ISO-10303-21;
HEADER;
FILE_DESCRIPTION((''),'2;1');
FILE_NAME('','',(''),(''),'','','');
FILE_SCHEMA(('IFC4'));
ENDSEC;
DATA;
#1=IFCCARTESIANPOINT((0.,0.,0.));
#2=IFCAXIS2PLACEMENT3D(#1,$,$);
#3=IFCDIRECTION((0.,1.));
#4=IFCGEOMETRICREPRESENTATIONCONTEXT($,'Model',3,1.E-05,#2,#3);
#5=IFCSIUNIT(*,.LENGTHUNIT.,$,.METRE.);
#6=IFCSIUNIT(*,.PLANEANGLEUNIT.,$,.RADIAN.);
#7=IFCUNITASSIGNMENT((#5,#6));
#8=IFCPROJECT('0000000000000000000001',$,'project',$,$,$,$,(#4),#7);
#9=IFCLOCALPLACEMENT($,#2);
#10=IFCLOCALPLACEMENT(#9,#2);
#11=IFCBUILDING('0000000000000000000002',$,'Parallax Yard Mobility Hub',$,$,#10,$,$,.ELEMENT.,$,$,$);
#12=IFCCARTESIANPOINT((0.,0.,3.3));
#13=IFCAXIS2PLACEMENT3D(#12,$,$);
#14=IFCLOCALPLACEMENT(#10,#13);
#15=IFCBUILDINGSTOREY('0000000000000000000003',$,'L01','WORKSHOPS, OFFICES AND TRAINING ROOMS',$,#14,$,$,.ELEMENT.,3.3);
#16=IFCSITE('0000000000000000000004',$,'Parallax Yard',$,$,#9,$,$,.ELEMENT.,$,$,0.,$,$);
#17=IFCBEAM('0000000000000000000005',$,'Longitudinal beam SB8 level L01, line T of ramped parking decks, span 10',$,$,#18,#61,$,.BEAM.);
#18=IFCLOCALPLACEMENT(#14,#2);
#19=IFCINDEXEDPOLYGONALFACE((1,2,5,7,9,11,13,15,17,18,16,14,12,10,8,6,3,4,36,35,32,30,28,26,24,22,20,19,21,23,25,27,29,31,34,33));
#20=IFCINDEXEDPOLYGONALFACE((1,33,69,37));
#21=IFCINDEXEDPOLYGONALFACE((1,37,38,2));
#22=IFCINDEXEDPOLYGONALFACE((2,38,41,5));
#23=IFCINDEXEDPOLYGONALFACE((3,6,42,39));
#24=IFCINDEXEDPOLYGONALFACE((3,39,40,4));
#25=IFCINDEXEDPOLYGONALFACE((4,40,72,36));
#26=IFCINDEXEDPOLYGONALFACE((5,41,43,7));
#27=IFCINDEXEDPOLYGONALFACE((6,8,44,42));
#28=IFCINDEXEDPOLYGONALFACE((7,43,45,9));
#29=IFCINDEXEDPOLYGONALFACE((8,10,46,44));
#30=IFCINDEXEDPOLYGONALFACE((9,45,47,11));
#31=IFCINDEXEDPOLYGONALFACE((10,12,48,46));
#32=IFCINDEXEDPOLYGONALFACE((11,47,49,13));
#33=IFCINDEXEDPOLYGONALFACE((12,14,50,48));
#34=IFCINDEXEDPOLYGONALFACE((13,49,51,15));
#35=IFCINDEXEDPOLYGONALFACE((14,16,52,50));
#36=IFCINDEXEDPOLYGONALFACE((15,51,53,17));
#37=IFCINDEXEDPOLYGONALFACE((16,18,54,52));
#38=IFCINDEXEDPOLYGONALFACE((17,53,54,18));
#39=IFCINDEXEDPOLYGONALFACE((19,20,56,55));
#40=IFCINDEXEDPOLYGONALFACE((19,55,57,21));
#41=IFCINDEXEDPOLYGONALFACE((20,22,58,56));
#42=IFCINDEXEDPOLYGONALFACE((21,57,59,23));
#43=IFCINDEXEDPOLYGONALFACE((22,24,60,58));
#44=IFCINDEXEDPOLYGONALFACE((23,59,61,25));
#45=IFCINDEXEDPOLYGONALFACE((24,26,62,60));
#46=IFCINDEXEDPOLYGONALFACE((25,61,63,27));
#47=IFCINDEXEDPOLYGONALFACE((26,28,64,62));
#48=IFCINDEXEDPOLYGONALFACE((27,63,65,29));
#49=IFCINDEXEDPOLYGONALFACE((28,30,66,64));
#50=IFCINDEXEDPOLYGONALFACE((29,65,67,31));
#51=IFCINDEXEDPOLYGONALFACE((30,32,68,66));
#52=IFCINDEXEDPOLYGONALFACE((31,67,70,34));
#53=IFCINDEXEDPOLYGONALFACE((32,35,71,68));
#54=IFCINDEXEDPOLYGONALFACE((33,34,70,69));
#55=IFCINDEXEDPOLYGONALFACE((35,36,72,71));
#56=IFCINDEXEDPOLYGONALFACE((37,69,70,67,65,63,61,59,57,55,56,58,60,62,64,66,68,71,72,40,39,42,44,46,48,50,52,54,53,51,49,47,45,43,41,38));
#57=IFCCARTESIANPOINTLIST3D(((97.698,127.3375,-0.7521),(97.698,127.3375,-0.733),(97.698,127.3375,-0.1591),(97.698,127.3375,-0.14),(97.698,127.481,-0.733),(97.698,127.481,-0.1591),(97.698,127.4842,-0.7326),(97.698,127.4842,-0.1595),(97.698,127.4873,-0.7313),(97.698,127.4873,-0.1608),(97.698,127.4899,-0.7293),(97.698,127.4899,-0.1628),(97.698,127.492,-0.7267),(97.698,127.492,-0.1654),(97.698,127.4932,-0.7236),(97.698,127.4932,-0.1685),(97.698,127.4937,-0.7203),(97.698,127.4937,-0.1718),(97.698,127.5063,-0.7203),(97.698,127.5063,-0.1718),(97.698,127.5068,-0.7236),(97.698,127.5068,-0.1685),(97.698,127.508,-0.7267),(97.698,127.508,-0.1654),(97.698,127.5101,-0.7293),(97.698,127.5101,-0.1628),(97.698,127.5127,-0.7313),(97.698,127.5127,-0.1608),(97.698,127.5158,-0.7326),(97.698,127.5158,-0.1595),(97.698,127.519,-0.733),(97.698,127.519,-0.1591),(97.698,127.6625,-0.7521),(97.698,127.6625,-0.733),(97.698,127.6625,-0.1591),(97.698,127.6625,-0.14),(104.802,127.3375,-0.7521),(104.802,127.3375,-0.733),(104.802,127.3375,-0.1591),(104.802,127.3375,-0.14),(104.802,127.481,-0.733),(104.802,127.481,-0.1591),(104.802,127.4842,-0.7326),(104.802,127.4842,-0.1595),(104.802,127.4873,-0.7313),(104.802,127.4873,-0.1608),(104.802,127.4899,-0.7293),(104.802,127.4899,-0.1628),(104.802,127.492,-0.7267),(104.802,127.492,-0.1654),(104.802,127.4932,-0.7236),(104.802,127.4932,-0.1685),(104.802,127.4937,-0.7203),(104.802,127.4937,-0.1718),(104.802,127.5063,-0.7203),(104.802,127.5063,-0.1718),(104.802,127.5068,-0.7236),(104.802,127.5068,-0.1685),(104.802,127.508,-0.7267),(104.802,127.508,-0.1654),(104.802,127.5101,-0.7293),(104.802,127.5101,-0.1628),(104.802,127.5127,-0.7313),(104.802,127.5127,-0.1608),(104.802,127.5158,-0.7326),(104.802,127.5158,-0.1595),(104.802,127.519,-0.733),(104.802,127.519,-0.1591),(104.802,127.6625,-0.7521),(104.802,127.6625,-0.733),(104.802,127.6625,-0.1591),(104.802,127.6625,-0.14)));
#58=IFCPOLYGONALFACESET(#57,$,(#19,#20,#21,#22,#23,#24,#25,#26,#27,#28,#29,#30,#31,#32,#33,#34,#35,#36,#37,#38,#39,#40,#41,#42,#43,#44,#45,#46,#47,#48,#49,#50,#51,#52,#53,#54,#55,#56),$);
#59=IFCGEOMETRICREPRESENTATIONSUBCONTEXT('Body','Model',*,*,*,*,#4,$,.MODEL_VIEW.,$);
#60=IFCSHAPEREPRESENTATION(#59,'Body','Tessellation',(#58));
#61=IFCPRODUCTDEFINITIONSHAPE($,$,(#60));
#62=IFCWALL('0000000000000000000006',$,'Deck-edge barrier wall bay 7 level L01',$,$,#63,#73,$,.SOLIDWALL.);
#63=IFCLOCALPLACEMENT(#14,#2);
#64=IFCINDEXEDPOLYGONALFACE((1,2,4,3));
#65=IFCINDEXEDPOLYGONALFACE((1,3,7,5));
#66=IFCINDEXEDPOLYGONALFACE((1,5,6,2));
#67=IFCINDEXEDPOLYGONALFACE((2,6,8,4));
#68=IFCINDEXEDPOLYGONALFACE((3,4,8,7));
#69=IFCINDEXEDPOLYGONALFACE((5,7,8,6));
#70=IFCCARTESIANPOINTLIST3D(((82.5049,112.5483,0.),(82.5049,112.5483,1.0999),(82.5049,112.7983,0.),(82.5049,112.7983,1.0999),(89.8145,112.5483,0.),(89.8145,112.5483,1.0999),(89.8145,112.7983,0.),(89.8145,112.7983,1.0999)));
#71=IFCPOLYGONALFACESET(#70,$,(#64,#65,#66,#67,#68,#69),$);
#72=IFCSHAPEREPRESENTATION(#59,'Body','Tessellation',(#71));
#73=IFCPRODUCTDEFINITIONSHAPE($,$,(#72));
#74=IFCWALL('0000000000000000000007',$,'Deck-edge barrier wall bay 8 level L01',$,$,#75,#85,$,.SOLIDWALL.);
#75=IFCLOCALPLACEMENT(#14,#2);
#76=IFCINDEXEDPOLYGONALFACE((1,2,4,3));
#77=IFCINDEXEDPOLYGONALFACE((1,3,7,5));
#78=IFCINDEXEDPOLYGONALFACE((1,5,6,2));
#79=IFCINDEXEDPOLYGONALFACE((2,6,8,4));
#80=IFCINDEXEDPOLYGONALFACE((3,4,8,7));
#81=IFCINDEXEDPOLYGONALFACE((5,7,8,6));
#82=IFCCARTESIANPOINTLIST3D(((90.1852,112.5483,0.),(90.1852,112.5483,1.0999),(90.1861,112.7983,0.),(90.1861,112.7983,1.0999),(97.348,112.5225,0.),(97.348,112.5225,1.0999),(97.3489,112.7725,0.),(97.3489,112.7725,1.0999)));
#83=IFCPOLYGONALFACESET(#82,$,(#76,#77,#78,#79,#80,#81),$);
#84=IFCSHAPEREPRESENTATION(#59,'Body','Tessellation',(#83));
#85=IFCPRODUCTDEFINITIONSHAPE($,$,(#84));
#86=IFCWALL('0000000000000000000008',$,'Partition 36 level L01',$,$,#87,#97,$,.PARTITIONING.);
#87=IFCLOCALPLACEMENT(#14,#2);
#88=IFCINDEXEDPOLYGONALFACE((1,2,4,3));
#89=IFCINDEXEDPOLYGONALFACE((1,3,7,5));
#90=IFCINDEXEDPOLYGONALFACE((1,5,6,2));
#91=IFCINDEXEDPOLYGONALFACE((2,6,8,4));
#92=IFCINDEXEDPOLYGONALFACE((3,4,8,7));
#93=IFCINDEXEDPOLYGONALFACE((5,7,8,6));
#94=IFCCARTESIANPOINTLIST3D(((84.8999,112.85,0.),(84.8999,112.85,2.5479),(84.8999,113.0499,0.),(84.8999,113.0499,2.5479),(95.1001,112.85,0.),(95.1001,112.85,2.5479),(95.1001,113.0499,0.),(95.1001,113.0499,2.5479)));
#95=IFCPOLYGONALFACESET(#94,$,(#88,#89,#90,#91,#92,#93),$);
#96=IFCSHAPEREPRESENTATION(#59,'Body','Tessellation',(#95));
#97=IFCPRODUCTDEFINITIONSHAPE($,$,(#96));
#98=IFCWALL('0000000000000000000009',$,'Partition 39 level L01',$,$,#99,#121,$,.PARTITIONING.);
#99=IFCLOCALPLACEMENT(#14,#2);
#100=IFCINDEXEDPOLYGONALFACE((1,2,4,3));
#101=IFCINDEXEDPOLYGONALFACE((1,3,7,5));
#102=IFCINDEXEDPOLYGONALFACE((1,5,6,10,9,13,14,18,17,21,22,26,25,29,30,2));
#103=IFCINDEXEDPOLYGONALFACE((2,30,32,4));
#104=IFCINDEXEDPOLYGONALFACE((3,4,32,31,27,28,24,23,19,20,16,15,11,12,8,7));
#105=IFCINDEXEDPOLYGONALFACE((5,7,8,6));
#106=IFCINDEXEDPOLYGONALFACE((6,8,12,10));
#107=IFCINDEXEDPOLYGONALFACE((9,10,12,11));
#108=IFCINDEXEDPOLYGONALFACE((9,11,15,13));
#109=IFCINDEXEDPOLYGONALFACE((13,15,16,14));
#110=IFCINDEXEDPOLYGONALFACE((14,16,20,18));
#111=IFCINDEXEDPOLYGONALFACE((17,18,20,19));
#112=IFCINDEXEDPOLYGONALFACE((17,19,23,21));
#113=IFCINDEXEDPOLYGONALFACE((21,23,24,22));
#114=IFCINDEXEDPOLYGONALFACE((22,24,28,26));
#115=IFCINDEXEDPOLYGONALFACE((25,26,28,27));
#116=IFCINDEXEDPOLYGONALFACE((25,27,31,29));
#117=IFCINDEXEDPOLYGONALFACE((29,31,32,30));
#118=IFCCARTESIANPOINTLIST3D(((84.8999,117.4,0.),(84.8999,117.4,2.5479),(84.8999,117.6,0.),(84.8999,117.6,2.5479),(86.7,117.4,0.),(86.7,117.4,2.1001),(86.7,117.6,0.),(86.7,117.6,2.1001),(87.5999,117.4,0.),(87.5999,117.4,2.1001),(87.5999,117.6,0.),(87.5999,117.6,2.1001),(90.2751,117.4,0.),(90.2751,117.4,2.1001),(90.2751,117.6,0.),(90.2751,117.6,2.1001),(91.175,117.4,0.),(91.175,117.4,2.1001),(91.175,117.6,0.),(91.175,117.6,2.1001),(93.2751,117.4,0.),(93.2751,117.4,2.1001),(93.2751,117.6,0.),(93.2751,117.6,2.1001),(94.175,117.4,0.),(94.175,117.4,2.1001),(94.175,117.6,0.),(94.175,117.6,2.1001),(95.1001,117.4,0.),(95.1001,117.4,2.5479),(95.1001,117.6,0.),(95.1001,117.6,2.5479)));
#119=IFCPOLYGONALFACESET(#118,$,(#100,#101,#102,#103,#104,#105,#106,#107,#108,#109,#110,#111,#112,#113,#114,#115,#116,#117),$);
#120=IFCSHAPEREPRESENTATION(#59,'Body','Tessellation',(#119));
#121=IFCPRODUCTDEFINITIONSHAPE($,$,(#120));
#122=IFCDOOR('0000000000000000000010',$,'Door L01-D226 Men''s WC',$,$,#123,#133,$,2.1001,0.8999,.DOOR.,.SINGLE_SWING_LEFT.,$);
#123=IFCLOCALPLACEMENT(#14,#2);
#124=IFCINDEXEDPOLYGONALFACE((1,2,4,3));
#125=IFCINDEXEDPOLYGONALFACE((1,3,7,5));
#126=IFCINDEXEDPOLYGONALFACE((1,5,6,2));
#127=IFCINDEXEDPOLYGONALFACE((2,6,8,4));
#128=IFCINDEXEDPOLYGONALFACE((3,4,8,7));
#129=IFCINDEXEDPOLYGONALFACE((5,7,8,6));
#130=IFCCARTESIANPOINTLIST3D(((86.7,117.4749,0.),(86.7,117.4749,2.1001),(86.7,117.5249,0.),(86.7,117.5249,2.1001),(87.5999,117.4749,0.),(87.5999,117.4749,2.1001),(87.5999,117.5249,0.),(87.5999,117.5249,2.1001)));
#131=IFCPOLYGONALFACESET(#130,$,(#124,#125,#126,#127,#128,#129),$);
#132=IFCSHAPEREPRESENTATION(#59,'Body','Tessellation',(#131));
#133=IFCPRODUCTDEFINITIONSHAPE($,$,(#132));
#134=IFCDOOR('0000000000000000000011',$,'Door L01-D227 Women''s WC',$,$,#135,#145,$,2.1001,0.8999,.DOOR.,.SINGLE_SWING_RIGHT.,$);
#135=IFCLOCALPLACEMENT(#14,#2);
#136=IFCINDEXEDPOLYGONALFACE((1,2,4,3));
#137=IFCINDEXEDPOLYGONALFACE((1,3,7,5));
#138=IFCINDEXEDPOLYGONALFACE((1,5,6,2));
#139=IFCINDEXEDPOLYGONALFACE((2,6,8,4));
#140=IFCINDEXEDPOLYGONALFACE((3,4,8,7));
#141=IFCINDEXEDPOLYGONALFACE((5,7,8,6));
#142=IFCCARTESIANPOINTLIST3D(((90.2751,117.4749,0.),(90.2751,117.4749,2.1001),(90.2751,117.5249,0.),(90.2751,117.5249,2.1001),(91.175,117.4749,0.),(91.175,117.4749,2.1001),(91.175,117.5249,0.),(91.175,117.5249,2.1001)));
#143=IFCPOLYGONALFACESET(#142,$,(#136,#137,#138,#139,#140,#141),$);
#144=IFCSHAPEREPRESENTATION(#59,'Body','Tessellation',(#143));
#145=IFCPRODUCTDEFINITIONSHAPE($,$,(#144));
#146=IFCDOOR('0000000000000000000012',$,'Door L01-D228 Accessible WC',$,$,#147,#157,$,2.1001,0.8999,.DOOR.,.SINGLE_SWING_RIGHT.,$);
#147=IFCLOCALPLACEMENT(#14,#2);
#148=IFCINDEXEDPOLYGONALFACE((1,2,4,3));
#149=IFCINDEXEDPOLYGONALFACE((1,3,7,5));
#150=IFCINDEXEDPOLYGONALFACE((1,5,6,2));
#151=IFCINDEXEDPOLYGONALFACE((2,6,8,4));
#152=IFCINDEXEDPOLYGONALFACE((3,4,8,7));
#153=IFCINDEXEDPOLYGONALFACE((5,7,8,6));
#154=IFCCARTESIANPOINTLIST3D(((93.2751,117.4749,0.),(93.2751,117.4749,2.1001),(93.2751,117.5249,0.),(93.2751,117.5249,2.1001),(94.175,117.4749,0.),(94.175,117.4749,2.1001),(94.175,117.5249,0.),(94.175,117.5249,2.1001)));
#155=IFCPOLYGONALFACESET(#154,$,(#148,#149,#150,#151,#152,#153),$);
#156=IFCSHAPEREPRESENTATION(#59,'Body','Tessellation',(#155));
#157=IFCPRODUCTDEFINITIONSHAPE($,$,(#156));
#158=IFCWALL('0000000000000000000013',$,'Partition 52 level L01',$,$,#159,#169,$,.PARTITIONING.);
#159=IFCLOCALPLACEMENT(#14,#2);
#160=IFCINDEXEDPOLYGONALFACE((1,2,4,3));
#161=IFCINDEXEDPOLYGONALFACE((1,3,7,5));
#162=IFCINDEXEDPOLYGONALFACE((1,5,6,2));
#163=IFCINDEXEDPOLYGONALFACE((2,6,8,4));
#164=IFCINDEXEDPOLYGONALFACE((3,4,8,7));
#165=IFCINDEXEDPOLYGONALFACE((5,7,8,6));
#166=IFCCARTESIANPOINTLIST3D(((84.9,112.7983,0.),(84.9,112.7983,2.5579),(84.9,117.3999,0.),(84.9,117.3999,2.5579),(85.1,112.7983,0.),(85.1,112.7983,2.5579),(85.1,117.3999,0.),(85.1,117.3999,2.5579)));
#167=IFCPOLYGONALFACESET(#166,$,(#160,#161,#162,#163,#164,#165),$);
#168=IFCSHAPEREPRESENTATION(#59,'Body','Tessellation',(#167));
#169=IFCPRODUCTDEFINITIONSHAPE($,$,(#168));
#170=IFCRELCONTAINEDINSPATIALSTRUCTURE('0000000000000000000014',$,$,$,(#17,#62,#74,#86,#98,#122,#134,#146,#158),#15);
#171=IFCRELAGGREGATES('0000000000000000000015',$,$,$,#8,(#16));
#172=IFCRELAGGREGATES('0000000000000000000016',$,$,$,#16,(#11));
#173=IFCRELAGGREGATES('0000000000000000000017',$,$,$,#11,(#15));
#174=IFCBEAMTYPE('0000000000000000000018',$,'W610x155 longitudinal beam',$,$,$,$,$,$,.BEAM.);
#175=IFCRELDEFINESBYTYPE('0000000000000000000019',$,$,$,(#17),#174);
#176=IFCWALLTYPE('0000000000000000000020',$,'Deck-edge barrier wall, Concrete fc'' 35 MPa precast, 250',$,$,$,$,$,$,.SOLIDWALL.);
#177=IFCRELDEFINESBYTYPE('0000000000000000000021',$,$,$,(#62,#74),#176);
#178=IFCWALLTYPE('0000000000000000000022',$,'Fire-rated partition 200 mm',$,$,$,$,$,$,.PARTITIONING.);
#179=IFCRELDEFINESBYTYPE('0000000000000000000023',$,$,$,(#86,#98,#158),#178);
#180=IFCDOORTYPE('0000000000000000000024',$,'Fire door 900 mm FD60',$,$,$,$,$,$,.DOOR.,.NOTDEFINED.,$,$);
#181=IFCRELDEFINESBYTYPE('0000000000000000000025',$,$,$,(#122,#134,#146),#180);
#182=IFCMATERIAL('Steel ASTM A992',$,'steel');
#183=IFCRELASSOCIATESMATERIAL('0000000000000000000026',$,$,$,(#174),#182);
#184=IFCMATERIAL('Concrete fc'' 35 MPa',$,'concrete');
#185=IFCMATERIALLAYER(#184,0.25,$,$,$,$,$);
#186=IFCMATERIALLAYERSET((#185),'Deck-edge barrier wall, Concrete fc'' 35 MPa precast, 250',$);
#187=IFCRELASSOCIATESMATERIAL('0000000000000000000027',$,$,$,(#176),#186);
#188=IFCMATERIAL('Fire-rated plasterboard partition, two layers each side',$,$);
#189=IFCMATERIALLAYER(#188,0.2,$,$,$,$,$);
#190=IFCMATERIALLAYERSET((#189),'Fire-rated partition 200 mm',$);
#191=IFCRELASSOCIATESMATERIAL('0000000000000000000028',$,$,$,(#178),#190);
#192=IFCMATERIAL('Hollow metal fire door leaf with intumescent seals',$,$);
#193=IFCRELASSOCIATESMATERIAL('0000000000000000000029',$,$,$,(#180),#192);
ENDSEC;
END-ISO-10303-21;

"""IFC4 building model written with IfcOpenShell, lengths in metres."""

from ifc_helpers import new_model, si_unit, direction, frame, frame_2d, origin, origin_2d, place, context, subcontext, project, spatial, rectangle, i_section, extrude, material, layer, layer_set, material_profile, profile_set, type_object, element, fill, save


model = new_model("IFC4")

# Units and contexts
model_context = context("Model", 3, precision=1e-05, world=origin(), true_north=direction((0.0, 1.0)))
body_context = subcontext(model_context, "Body", "Model", "MODEL_VIEW")
ifc_project = project(units=[si_unit("LENGTHUNIT", "METRE"), si_unit("PLANEANGLEUNIT", "RADIAN")], contexts=[model_context])

# Site, building, storey
site_placement = place(None, origin())
site = spatial("IfcSite", under=ifc_project, at=site_placement, Name="Parallax Yard", CompositionType="ELEMENT", RefElevation=0.0)
building_placement = place(site_placement, origin())
building = spatial("IfcBuilding", under=site, at=building_placement, Name="Parallax Yard Mobility Hub", CompositionType="ELEMENT")
storey_placement = place(building_placement, frame((0.0, 0.0, 3.3)))
storey = spatial("IfcBuildingStorey", under=building, at=storey_placement, Name="L01", Description="WORKSHOPS, OFFICES AND TRAINING ROOMS", CompositionType="ELEMENT", Elevation=3.3)

# Shared definitions
ifc_material_1 = material(Name="Steel ASTM A992", Category="steel")

# Beam
ifc_material_profile_1 = material_profile(ifc_material_1, i_section(OverallWidth=0.325, OverallDepth=0.6121, WebThickness=0.0127, FlangeThickness=0.019, FilletRadius=0.0127, at=origin_2d()), Name="W610x155")
ifc_profile_set_1 = profile_set([ifc_material_profile_1], Name="Steel ASTM A992")
beam_type_1 = type_object("IfcBeamType", Name="W610x155 longitudinal beam", PredefinedType="BEAM", material=ifc_profile_set_1)
for number, where, z_axis, x_axis, name in (
    (1, (97.698, 127.5, -0.446), (1.0, 0.0, 0.0), (0.0, 1.0, 0.0), "Longitudinal beam SB8 level L01, line T of ramped parking decks, span 10"),
):
    element("IfcBeam", number, at=place(storey_placement, frame(where, z_axis=z_axis, x_axis=x_axis)), inside=storey, type_object=beam_type_1, Name=name, PredefinedType="BEAM", context=body_context, shape_type="SweptSolid", body=[
        extrude(i_section(OverallWidth=0.325, OverallDepth=0.6121, WebThickness=0.0127, FlangeThickness=0.019, FilletRadius=0.0127, at=origin_2d()), origin(), (0.0, 0.0, 1.0), 7.104),
    ])

# Walls
ifc_material_2 = material(Name="Concrete fc' 35 MPa", Category="concrete")
ifc_layer_1 = layer(ifc_material_2, 0.25)
ifc_layer_set_1 = layer_set([ifc_layer_1], Name="Deck-edge barrier wall, Concrete fc' 35 MPa precast, 250")
wall_type_1 = type_object("IfcWallType", Name="Deck-edge barrier wall, Concrete fc' 35 MPa precast, 250", PredefinedType="SOLIDWALL", material=ifc_layer_set_1)
wall_1_placement = place(storey_placement, frame((82.5049, 112.6733, 0.0), z_axis=(0.0, 0.0, 1.0), x_axis=(1.0, 0.0, 0.0)))
element("IfcWall", 2, at=wall_1_placement, inside=storey, type_object=wall_type_1, Name="Deck-edge barrier wall bay 7 level L01", PredefinedType="SOLIDWALL", context=body_context, shape_type="SweptSolid", body=[
    extrude(rectangle(XDim=7.3096, YDim=0.25, at=frame_2d((3.6548, 0.0))), origin(), (0.0, 0.0, 1.0), 1.0999),
])
wall_2_placement = place(storey_placement, frame((90.1855, 112.6733, 0.0), z_axis=(0.0, 0.0, 1.0), x_axis=(0.999993, -0.003613, 0.0)))
element("IfcWall", 3, at=wall_2_placement, inside=storey, type_object=wall_type_1, Name="Deck-edge barrier wall bay 8 level L01", PredefinedType="SOLIDWALL", context=body_context, shape_type="SweptSolid", body=[
    extrude(rectangle(XDim=7.1628, YDim=0.25, at=frame_2d((3.5815, 0.0))), origin(), (0.0, 0.0, 1.0), 1.0999),
])
ifc_material_3 = material(Name="Fire-rated plasterboard partition, two layers each side")
ifc_layer_2 = layer(ifc_material_3, 0.2)
ifc_layer_set_2 = layer_set([ifc_layer_2], Name="Fire-rated partition 200 mm")
wall_type_2 = type_object("IfcWallType", Name="Fire-rated partition 200 mm", PredefinedType="PARTITIONING", material=ifc_layer_set_2)
wall_3_placement = place(storey_placement, frame((84.8999, 112.95, 0.0), z_axis=(0.0, 0.0, 1.0), x_axis=(1.0, 0.0, 0.0)))
element("IfcWall", 4, at=wall_3_placement, inside=storey, type_object=wall_type_2, Name="Partition 36 level L01", PredefinedType="PARTITIONING", context=body_context, shape_type="SweptSolid", body=[
    extrude(rectangle(XDim=10.2002, YDim=0.2, at=frame_2d((5.1001, 0.0))), origin(), (0.0, 0.0, 1.0), 2.5479),
])

# Wall, openings, doors
wall_4_placement = place(storey_placement, frame((84.8999, 117.5, 0.0), z_axis=(0.0, 0.0, 1.0), x_axis=(1.0, 0.0, 0.0)))
wall_4 = element("IfcWall", 5, at=wall_4_placement, inside=storey, type_object=wall_type_2, Name="Partition 39 level L01", PredefinedType="PARTITIONING", context=body_context, shape_type="SweptSolid", body=[
    extrude(rectangle(XDim=10.2002, YDim=0.2, at=frame_2d((5.1001, 0.0))), origin(), (0.0, 0.0, 1.0), 2.5479),
])
opening_1_placement = place(wall_4_placement, frame((1.8, 0.0, 0.0)))
opening_1 = element("IfcOpeningElement", 6, at=opening_1_placement, cuts=wall_4, PredefinedType="OPENING", context=body_context, shape_type="SweptSolid", body=[
    extrude(rectangle(XDim=0.8999, YDim=2.1001, at=frame_2d((0.45, 1.05))), frame((0.0, 0.1099, 0.0), z_axis=(0.0, -1.0, 0.0), x_axis=(1.0, 0.0, 0.0)), (0.0, 0.0, 1.0), 0.22),
])
opening_2_placement = place(wall_4_placement, frame((5.3752, 0.0, 0.0)))
opening_2 = element("IfcOpeningElement", 7, at=opening_2_placement, cuts=wall_4, PredefinedType="OPENING", context=body_context, shape_type="SweptSolid", body=[
    extrude(rectangle(XDim=0.8999, YDim=2.1001, at=frame_2d((0.45, 1.05))), frame((0.0, 0.1099, 0.0), z_axis=(0.0, -1.0, 0.0), x_axis=(1.0, 0.0, 0.0)), (0.0, 0.0, 1.0), 0.22),
])
opening_3_placement = place(wall_4_placement, frame((8.3752, 0.0, 0.0)))
opening_3 = element("IfcOpeningElement", 8, at=opening_3_placement, cuts=wall_4, PredefinedType="OPENING", context=body_context, shape_type="SweptSolid", body=[
    extrude(rectangle(XDim=0.8999, YDim=2.1001, at=frame_2d((0.45, 1.05))), frame((0.0, 0.1099, 0.0), z_axis=(0.0, -1.0, 0.0), x_axis=(1.0, 0.0, 0.0)), (0.0, 0.0, 1.0), 0.22),
])
ifc_material_4 = material(Name="Hollow metal fire door leaf with intumescent seals")
door_type = type_object("IfcDoorType", Name="Fire door 900 mm FD60", OperationType="NOTDEFINED", PredefinedType="DOOR", material=ifc_material_4)
door_1_placement = place(opening_1_placement, origin())
door_1 = element("IfcDoor", 9, at=door_1_placement, inside=storey, type_object=door_type, Name="Door L01-D226 Men's WC", OperationType="SINGLE_SWING_LEFT", OverallHeight=2.1001, OverallWidth=0.8999, PredefinedType="DOOR", context=body_context, shape_type="SweptSolid", body=[
    extrude(rectangle(XDim=0.8999, YDim=2.1001, at=frame_2d((0.45, 1.05))), frame((0.0, 0.0249, 0.0), z_axis=(0.0, -1.0, 0.0), x_axis=(1.0, 0.0, 0.0)), (0.0, 0.0, 1.0), 0.05),
])
fill(opening_1, door_1)
door_2_placement = place(opening_2_placement, origin())
door_2 = element("IfcDoor", 10, at=door_2_placement, inside=storey, type_object=door_type, Name="Door L01-D227 Women's WC", OperationType="SINGLE_SWING_RIGHT", OverallHeight=2.1001, OverallWidth=0.8999, PredefinedType="DOOR", context=body_context, shape_type="SweptSolid", body=[
    extrude(rectangle(XDim=0.8999, YDim=2.1001, at=frame_2d((0.45, 1.05))), frame((0.0, 0.0249, 0.0), z_axis=(0.0, -1.0, 0.0), x_axis=(1.0, 0.0, 0.0)), (0.0, 0.0, 1.0), 0.05),
])
fill(opening_2, door_2)
door_3_placement = place(opening_3_placement, origin())
door_3 = element("IfcDoor", 11, at=door_3_placement, inside=storey, type_object=door_type, Name="Door L01-D228 Accessible WC", OperationType="SINGLE_SWING_RIGHT", OverallHeight=2.1001, OverallWidth=0.8999, PredefinedType="DOOR", context=body_context, shape_type="SweptSolid", body=[
    extrude(rectangle(XDim=0.8999, YDim=2.1001, at=frame_2d((0.45, 1.05))), frame((0.0, 0.0249, 0.0), z_axis=(0.0, -1.0, 0.0), x_axis=(1.0, 0.0, 0.0)), (0.0, 0.0, 1.0), 0.05),
])
fill(opening_3, door_3)

# Wall
wall_5_placement = place(storey_placement, frame((85.0, 112.7983, 0.0), z_axis=(0.0, 0.0, 1.0), x_axis=(0.0, 1.0, 0.0)))
element("IfcWall", 12, at=wall_5_placement, inside=storey, type_object=wall_type_2, Name="Partition 52 level L01", PredefinedType="PARTITIONING", context=body_context, shape_type="SweptSolid", body=[
    extrude(rectangle(XDim=4.6016, YDim=0.2, at=frame_2d((2.3008, 0.0))), origin(), (0.0, 0.0, 1.0), 2.5579),
])

save(model, "model.ifc")
